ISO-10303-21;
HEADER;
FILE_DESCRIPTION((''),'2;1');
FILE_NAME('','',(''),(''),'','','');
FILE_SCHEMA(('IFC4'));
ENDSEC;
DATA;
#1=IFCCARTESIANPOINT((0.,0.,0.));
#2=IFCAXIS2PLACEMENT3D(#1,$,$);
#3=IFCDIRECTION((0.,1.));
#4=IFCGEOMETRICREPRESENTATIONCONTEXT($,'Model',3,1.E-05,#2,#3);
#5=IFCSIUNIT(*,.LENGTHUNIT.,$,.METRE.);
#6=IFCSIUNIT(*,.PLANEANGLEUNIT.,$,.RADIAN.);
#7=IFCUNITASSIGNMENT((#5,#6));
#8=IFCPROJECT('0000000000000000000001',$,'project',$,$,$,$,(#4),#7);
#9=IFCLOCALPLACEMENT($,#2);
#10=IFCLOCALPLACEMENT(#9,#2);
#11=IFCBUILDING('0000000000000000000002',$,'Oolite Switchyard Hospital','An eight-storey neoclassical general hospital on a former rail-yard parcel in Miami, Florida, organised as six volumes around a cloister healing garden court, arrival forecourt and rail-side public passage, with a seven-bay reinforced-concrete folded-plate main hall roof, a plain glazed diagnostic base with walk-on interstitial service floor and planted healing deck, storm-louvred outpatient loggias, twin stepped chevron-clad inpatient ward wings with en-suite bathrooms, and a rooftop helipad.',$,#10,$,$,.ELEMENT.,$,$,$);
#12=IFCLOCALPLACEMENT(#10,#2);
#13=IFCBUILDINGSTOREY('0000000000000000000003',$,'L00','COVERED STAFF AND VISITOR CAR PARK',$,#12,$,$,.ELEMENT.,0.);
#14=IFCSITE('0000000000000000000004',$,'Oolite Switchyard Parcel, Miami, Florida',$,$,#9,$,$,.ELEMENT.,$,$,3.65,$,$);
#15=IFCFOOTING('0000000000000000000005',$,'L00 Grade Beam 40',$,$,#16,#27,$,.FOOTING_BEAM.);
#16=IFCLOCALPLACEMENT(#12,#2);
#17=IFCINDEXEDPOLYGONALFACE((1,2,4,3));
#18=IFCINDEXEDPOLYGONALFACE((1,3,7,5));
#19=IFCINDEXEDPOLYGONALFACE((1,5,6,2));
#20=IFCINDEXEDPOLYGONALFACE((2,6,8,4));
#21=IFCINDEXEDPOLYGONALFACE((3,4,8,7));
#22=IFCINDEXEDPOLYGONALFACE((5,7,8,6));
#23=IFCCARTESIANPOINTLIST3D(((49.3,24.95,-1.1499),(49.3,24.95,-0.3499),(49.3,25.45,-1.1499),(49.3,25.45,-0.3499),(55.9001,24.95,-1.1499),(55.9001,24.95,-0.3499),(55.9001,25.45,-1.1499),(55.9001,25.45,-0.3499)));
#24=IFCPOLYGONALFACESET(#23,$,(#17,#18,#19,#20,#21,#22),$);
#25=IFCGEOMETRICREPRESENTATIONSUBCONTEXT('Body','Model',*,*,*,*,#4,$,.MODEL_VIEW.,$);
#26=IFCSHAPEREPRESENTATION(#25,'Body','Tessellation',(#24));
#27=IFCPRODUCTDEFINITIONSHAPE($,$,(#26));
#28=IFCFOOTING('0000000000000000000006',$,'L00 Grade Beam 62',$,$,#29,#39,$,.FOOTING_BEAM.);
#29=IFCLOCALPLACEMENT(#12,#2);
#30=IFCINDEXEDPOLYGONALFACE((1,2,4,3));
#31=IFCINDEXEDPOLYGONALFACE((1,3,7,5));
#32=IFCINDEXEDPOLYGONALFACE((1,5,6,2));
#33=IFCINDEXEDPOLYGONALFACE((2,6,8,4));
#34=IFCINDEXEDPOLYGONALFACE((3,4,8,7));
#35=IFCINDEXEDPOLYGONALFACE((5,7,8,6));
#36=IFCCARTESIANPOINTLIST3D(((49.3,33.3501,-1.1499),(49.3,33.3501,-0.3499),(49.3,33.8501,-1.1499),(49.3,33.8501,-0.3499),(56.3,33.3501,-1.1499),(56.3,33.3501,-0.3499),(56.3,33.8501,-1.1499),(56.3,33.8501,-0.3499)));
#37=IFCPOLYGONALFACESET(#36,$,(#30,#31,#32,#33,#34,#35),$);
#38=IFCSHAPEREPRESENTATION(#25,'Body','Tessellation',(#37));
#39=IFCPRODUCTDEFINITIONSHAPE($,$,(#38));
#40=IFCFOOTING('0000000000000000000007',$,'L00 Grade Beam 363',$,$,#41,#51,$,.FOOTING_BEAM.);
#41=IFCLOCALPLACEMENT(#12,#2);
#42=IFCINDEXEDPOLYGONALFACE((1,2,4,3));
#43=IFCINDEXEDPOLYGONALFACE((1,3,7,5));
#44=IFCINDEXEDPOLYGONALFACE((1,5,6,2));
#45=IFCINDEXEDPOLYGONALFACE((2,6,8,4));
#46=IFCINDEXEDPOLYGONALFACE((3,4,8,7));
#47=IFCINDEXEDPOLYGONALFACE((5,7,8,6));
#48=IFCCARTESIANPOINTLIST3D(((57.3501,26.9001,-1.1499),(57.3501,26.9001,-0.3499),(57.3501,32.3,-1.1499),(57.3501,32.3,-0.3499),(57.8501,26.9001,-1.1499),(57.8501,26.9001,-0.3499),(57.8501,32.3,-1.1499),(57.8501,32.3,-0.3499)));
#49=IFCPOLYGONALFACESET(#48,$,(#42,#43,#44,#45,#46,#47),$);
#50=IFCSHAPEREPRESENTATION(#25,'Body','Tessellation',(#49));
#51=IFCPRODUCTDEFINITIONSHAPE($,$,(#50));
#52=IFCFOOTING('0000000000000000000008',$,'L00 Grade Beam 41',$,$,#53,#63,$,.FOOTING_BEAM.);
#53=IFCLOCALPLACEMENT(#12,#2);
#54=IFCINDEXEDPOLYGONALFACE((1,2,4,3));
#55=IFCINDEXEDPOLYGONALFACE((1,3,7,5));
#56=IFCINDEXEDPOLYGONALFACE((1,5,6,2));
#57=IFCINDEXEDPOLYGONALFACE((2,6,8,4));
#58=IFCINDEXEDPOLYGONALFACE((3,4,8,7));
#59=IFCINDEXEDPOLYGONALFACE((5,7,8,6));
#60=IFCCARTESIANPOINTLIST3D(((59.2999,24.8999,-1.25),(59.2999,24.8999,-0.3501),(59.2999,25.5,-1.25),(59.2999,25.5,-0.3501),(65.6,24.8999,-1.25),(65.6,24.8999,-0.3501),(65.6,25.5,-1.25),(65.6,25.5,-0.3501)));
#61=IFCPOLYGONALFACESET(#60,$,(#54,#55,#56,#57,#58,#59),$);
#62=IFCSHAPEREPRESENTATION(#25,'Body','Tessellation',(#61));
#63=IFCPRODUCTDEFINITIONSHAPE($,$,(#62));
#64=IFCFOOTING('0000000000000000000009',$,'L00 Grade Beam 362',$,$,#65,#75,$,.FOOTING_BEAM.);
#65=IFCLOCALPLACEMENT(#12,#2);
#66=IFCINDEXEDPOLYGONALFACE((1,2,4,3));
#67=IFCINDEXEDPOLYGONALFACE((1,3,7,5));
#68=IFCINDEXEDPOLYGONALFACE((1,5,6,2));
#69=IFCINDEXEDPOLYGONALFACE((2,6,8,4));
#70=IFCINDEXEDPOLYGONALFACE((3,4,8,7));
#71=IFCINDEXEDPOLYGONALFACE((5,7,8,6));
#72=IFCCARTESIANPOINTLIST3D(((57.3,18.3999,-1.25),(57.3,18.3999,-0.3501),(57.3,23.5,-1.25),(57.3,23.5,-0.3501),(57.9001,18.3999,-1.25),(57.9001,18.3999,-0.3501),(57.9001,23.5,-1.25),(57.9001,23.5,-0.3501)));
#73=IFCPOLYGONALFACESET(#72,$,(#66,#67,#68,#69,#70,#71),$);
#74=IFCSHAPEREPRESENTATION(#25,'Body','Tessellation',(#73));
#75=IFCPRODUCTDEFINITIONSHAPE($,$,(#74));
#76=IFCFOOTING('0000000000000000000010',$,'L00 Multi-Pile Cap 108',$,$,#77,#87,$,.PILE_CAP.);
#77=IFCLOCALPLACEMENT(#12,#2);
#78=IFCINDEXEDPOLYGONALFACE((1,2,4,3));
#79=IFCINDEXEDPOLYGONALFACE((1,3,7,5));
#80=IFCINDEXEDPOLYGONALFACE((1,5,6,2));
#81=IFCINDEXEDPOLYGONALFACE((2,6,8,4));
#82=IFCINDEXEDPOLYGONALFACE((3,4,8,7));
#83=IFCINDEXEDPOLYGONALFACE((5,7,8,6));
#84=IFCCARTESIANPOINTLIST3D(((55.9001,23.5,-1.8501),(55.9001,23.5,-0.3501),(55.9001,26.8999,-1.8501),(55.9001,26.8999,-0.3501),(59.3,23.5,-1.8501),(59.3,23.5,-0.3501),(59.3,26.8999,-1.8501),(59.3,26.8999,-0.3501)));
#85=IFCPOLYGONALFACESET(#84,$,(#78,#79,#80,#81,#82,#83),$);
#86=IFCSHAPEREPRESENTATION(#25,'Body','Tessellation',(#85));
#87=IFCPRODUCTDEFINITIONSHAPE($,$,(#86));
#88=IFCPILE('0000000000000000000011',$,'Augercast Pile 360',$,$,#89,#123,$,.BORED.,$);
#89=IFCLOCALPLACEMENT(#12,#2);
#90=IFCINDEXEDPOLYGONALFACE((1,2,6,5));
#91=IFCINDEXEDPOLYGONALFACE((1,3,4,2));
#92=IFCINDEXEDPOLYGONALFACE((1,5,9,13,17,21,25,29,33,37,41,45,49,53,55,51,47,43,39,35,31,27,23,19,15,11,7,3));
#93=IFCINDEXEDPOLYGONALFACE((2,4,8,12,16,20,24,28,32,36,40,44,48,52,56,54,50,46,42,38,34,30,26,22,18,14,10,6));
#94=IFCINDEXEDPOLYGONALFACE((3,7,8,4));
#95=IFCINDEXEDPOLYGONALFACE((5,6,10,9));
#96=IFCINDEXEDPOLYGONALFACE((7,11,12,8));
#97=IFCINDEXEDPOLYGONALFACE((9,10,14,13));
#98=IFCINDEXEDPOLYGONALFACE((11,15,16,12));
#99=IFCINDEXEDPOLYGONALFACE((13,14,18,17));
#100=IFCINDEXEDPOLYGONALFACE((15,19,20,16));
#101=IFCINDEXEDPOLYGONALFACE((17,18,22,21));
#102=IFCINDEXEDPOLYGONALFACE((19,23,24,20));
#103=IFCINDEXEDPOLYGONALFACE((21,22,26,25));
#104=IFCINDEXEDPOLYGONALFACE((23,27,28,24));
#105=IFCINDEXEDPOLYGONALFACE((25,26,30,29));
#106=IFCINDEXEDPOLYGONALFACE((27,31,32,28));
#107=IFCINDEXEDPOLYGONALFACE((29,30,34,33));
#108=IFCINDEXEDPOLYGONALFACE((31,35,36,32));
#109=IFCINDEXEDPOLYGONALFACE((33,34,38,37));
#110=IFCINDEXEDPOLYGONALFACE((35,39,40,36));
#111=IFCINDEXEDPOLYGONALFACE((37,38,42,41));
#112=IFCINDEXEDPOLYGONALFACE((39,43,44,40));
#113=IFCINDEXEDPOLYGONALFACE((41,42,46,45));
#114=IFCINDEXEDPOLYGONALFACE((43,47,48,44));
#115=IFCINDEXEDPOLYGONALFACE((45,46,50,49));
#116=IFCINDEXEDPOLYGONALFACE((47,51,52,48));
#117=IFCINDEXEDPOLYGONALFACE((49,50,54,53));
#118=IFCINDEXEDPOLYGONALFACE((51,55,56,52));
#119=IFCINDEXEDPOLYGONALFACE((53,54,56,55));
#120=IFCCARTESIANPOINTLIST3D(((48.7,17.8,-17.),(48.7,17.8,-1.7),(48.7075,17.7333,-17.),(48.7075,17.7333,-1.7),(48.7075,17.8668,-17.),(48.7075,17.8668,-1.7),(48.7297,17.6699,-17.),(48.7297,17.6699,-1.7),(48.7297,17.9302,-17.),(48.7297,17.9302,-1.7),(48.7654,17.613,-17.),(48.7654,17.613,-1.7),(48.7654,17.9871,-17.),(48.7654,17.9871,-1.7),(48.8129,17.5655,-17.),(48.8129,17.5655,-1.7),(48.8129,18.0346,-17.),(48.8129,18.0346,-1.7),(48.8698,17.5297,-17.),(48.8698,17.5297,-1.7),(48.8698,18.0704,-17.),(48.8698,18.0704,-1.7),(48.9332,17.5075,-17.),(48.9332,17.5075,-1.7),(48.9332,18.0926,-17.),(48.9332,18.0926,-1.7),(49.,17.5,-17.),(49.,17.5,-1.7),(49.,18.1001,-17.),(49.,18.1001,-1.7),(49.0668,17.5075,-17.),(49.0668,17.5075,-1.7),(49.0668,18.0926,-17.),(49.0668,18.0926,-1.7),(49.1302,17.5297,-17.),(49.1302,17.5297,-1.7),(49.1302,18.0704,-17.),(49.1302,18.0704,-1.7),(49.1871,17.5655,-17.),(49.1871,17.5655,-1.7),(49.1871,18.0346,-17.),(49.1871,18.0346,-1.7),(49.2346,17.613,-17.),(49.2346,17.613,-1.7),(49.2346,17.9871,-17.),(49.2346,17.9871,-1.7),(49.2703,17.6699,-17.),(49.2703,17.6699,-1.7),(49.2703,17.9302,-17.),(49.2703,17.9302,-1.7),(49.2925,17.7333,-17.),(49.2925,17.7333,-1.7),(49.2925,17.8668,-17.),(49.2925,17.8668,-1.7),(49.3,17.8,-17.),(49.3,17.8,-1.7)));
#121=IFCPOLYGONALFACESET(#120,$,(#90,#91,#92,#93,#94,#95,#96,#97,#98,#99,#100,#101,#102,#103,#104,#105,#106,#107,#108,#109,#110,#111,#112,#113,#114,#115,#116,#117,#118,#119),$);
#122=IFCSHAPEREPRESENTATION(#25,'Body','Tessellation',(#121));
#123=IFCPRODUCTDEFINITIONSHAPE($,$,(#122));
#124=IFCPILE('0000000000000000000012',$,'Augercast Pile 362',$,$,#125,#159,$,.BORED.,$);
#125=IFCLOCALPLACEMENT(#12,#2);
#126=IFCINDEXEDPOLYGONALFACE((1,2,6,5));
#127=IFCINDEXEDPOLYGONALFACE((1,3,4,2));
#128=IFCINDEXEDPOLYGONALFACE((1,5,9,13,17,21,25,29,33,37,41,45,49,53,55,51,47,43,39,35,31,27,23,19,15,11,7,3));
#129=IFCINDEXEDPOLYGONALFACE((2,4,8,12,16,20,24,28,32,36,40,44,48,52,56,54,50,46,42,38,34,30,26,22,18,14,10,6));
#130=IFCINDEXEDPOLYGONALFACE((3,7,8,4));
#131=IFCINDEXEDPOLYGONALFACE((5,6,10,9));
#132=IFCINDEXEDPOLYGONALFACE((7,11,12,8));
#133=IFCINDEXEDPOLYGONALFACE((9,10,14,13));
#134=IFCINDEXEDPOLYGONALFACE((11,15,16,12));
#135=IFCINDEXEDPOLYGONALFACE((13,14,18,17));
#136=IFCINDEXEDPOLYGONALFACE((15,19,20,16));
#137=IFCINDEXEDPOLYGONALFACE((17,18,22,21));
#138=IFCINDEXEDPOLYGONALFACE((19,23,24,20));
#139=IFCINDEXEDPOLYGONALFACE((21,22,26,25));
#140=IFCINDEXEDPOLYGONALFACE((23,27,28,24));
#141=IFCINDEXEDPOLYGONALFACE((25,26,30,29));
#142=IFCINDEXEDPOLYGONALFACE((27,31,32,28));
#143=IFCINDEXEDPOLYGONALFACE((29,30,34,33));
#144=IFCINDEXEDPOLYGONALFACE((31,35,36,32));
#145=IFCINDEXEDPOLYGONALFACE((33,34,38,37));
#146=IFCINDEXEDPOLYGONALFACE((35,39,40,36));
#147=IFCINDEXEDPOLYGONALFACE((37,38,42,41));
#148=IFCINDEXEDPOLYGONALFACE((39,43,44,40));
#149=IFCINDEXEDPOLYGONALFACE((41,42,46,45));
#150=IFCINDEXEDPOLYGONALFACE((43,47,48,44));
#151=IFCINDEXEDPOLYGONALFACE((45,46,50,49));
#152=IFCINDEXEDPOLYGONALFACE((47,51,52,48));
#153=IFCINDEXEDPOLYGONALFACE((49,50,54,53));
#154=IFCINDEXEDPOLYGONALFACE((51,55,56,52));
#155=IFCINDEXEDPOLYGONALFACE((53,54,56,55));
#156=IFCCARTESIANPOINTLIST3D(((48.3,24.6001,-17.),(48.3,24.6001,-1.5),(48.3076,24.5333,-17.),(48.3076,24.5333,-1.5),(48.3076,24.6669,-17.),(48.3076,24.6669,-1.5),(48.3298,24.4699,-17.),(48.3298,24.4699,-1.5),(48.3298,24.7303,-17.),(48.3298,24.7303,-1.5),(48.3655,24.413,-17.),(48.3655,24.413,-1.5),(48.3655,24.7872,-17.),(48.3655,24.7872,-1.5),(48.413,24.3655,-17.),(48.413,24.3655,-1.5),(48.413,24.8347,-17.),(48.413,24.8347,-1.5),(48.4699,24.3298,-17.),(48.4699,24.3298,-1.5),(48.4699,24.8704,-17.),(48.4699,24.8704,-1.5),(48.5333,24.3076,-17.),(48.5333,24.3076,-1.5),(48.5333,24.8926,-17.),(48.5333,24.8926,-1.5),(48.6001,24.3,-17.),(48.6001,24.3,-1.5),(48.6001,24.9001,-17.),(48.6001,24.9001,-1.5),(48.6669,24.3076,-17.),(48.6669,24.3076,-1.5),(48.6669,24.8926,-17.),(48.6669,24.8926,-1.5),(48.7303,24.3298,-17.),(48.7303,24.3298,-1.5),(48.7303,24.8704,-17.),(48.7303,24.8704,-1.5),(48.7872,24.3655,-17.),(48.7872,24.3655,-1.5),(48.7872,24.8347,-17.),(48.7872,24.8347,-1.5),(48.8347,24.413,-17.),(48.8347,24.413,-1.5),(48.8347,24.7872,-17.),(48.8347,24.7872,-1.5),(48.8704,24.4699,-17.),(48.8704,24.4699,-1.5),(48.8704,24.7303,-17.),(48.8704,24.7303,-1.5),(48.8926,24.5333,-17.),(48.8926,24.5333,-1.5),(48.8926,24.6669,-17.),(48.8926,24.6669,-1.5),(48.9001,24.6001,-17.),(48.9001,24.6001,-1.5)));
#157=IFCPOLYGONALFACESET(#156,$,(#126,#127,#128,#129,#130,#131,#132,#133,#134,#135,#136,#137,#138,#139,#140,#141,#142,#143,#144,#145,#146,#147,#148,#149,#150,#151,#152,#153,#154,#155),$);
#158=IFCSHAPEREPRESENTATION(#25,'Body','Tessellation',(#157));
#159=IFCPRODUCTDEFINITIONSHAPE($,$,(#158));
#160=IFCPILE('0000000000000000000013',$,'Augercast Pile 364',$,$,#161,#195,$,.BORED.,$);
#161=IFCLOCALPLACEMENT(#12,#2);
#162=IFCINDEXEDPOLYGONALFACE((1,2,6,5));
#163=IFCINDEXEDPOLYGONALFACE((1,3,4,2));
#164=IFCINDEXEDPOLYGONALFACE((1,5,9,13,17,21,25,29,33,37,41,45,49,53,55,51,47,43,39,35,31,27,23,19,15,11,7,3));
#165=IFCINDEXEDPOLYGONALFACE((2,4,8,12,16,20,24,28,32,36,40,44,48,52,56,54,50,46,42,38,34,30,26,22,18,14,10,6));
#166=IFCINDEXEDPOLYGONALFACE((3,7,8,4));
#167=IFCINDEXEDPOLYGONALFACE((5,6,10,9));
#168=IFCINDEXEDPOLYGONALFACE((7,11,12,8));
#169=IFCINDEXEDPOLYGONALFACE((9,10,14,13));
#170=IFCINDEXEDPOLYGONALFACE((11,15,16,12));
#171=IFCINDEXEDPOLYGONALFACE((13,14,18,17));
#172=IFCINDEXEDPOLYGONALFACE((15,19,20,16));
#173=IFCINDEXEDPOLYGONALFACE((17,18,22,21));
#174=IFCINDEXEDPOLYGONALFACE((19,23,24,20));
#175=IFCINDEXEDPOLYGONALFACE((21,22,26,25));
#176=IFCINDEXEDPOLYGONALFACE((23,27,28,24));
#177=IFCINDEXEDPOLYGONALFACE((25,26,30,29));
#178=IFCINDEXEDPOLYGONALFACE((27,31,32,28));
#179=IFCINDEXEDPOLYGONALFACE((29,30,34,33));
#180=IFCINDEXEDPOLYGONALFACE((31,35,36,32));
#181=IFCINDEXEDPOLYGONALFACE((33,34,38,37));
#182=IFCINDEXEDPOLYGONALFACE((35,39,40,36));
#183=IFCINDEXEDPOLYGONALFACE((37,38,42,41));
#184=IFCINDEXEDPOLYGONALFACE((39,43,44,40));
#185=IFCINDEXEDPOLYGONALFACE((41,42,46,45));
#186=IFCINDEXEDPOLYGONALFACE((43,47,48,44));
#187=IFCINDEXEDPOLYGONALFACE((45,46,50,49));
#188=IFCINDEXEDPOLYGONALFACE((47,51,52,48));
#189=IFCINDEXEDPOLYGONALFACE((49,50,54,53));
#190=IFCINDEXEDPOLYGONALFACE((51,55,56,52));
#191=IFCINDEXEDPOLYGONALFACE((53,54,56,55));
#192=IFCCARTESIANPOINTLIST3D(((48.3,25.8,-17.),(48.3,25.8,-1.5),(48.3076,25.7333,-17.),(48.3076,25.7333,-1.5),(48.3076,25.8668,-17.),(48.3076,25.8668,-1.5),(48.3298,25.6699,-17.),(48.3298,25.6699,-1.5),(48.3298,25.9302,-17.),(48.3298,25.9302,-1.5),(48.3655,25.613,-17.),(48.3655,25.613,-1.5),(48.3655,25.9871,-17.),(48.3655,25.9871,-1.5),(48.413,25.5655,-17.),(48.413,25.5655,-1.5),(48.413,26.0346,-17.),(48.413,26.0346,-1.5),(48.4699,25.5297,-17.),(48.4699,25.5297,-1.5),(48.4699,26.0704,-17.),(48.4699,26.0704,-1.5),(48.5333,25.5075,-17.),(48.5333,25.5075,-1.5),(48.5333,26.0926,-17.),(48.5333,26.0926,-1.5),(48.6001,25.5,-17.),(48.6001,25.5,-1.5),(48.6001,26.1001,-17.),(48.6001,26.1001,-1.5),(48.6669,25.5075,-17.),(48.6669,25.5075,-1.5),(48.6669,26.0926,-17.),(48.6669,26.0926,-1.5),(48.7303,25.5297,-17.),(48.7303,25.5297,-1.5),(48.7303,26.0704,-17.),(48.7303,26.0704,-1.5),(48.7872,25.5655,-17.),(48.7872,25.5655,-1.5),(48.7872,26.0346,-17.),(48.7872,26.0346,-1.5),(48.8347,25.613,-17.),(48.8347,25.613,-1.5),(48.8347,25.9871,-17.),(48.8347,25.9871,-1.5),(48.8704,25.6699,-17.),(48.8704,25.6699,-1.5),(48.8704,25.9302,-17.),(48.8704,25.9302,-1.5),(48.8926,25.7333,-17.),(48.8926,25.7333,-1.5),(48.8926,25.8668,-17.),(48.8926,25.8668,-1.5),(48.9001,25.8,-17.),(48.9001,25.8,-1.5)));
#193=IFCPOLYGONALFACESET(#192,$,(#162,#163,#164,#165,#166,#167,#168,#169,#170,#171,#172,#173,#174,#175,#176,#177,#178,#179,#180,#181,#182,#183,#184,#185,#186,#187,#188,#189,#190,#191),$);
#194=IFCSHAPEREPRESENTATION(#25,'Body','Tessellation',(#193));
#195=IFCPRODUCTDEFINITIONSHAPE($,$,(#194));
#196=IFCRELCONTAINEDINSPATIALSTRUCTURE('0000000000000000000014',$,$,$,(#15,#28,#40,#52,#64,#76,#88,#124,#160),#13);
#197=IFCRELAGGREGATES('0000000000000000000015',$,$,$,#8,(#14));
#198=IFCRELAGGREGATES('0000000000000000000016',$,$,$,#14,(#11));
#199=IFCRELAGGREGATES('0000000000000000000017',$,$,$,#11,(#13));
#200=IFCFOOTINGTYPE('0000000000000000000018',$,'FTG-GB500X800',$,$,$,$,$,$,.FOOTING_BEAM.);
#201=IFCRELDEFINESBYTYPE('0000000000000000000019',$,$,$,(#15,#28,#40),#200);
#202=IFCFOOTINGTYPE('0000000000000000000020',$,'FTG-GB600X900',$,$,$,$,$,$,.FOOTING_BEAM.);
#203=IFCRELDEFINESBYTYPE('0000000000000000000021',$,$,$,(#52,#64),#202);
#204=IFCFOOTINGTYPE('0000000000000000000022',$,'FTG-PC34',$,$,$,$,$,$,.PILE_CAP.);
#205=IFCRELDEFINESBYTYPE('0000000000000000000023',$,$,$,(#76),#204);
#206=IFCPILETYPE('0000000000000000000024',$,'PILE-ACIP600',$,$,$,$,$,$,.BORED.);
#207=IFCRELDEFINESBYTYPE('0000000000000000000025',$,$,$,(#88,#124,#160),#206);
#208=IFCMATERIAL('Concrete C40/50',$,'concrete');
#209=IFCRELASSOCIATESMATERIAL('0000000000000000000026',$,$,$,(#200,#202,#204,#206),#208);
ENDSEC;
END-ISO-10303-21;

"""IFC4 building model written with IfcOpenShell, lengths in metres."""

from ifc_helpers import new_model, si_unit, direction, frame, origin, origin_2d, place, context, subcontext, project, spatial, rectangle, circle, extrude, material, material_profile, profile_set, type_object, element, save


model = new_model("IFC4")

# Units and contexts
model_context = context("Model", 3, precision=1e-05, world=origin(), true_north=direction((0.0, 1.0)))
body_context = subcontext(model_context, "Body", "Model", "MODEL_VIEW")
ifc_project = project(units=[si_unit("LENGTHUNIT", "METRE"), si_unit("PLANEANGLEUNIT", "RADIAN")], contexts=[model_context])

# Site, building, storey
site_placement = place(None, origin())
site = spatial("IfcSite", under=ifc_project, at=site_placement, Name="Oolite Switchyard Parcel, Miami, Florida", CompositionType="ELEMENT", RefElevation=3.65)
building_placement = place(site_placement, origin())
building = spatial("IfcBuilding", under=site, at=building_placement, Name="Oolite Switchyard Hospital", Description="An eight-storey neoclassical general hospital on a former rail-yard parcel in Miami, Florida, organised as six volumes around a cloister healing garden court, arrival forecourt and rail-side public passage, with a seven-bay reinforced-concrete folded-plate main hall roof, a plain glazed diagnostic base with walk-on interstitial service floor and planted healing deck, storm-louvred outpatient loggias, twin stepped chevron-clad inpatient ward wings with en-suite bathrooms, and a rooftop helipad.", CompositionType="ELEMENT")
storey_placement = place(building_placement, origin())
storey = spatial("IfcBuildingStorey", under=building, at=storey_placement, Name="L00", Description="COVERED STAFF AND VISITOR CAR PARK", CompositionType="ELEMENT", Elevation=0.0)

# Footings
ifc_material_1 = material(Name="Concrete C40/50", Category="concrete")
footing_type_1 = type_object("IfcFootingType", Name="FTG-GB500X800", PredefinedType="FOOTING_BEAM", material=ifc_material_1)
footing_1_placement = place(storey_placement, frame((52.6001, 25.2, -1.1499), z_axis=(0.0, 0.0, 1.0), x_axis=(1.0, 0.0, 0.0)))
element("IfcFooting", 1, at=footing_1_placement, inside=storey, type_object=footing_type_1, Name="L00 Grade Beam 40", PredefinedType="FOOTING_BEAM", context=body_context, shape_type="SweptSolid", body=[
    extrude(rectangle(XDim=6.6001, YDim=0.5, at=origin_2d()), origin(), (0.0, 0.0, 1.0), 0.8),
])
footing_2_placement = place(storey_placement, frame((52.8, 33.6001, -1.1499), z_axis=(0.0, 0.0, 1.0), x_axis=(1.0, 0.0, 0.0)))
element("IfcFooting", 2, at=footing_2_placement, inside=storey, type_object=footing_type_1, Name="L00 Grade Beam 62", PredefinedType="FOOTING_BEAM", context=body_context, shape_type="SweptSolid", body=[
    extrude(rectangle(XDim=7.0, YDim=0.5, at=origin_2d()), origin(), (0.0, 0.0, 1.0), 0.8),
])
footing_3_placement = place(storey_placement, frame((57.6001, 29.6001, -1.1499), z_axis=(0.0, 0.0, 1.0), x_axis=(0.0, 1.0, 0.0)))
element("IfcFooting", 3, at=footing_3_placement, inside=storey, type_object=footing_type_1, Name="L00 Grade Beam 363", PredefinedType="FOOTING_BEAM", context=body_context, shape_type="SweptSolid", body=[
    extrude(rectangle(XDim=5.3999, YDim=0.5, at=origin_2d()), origin(), (0.0, 0.0, 1.0), 0.8),
])
footing_type_2 = type_object("IfcFootingType", Name="FTG-GB600X900", PredefinedType="FOOTING_BEAM", material=ifc_material_1)
footing_4_placement = place(storey_placement, frame((62.45, 25.2, -1.25), z_axis=(0.0, 0.0, 1.0), x_axis=(1.0, 0.0, 0.0)))
element("IfcFooting", 4, at=footing_4_placement, inside=storey, type_object=footing_type_2, Name="L00 Grade Beam 41", PredefinedType="FOOTING_BEAM", context=body_context, shape_type="SweptSolid", body=[
    extrude(rectangle(XDim=6.3, YDim=0.6001, at=origin_2d()), origin(), (0.0, 0.0, 1.0), 0.8999),
])
footing_5_placement = place(storey_placement, frame((57.6001, 20.95, -1.25), z_axis=(0.0, 0.0, 1.0), x_axis=(0.0, 1.0, 0.0)))
element("IfcFooting", 5, at=footing_5_placement, inside=storey, type_object=footing_type_2, Name="L00 Grade Beam 362", PredefinedType="FOOTING_BEAM", context=body_context, shape_type="SweptSolid", body=[
    extrude(rectangle(XDim=5.1001, YDim=0.6001, at=origin_2d()), origin(), (0.0, 0.0, 1.0), 0.8999),
])
footing_type_3 = type_object("IfcFootingType", Name="FTG-PC34", PredefinedType="PILE_CAP", material=ifc_material_1)
footing_6_placement = place(storey_placement, frame((57.6001, 25.2, -1.8501), z_axis=(0.0, 0.0, 1.0), x_axis=(1.0, 0.0, 0.0)))
element("IfcFooting", 6, at=footing_6_placement, inside=storey, type_object=footing_type_3, Name="L00 Multi-Pile Cap 108", PredefinedType="PILE_CAP", context=body_context, shape_type="SweptSolid", body=[
    extrude(rectangle(XDim=3.3999, YDim=3.3999, at=origin_2d()), origin(), (0.0, 0.0, 1.0), 1.5),
])

# Piles
ifc_material_profile_1 = material_profile(ifc_material_1, circle(Radius=0.3, at=origin_2d()), Name="PILE600")
ifc_profile_set_1 = profile_set([ifc_material_profile_1], Name="Concrete C40/50")
pile_type = type_object("IfcPileType", Name="PILE-ACIP600", PredefinedType="BORED", material=ifc_profile_set_1)
pile_1_placement = place(storey_placement, frame((49.0, 17.8, -1.7), z_axis=(0.0, 0.0, -1.0), x_axis=(1.0, 0.0, 0.0)))
element("IfcPile", 7, at=pile_1_placement, inside=storey, type_object=pile_type, Name="Augercast Pile 360", PredefinedType="BORED", context=body_context, shape_type="SweptSolid", body=[
    extrude(circle(Radius=0.3, at=origin_2d()), origin(), (0.0, 0.0, 1.0), 15.3),
])
for number, where, z_axis, x_axis, name in (
    (8, (48.6001, 24.6001, -1.5), (0.0, 0.0, -1.0), (1.0, 0.0, 0.0), "Augercast Pile 362"),
    (9, (48.6001, 25.8, -1.5), (0.0, 0.0, -1.0), (1.0, 0.0, 0.0), "Augercast Pile 364"),
):
    element("IfcPile", number, at=place(storey_placement, frame(where, z_axis=z_axis, x_axis=x_axis)), inside=storey, type_object=pile_type, Name=name, PredefinedType="BORED", context=body_context, shape_type="SweptSolid", body=[
        extrude(circle(Radius=0.3, at=origin_2d()), origin(), (0.0, 0.0, 1.0), 15.5),
    ])

save(model, "model.ifc")
